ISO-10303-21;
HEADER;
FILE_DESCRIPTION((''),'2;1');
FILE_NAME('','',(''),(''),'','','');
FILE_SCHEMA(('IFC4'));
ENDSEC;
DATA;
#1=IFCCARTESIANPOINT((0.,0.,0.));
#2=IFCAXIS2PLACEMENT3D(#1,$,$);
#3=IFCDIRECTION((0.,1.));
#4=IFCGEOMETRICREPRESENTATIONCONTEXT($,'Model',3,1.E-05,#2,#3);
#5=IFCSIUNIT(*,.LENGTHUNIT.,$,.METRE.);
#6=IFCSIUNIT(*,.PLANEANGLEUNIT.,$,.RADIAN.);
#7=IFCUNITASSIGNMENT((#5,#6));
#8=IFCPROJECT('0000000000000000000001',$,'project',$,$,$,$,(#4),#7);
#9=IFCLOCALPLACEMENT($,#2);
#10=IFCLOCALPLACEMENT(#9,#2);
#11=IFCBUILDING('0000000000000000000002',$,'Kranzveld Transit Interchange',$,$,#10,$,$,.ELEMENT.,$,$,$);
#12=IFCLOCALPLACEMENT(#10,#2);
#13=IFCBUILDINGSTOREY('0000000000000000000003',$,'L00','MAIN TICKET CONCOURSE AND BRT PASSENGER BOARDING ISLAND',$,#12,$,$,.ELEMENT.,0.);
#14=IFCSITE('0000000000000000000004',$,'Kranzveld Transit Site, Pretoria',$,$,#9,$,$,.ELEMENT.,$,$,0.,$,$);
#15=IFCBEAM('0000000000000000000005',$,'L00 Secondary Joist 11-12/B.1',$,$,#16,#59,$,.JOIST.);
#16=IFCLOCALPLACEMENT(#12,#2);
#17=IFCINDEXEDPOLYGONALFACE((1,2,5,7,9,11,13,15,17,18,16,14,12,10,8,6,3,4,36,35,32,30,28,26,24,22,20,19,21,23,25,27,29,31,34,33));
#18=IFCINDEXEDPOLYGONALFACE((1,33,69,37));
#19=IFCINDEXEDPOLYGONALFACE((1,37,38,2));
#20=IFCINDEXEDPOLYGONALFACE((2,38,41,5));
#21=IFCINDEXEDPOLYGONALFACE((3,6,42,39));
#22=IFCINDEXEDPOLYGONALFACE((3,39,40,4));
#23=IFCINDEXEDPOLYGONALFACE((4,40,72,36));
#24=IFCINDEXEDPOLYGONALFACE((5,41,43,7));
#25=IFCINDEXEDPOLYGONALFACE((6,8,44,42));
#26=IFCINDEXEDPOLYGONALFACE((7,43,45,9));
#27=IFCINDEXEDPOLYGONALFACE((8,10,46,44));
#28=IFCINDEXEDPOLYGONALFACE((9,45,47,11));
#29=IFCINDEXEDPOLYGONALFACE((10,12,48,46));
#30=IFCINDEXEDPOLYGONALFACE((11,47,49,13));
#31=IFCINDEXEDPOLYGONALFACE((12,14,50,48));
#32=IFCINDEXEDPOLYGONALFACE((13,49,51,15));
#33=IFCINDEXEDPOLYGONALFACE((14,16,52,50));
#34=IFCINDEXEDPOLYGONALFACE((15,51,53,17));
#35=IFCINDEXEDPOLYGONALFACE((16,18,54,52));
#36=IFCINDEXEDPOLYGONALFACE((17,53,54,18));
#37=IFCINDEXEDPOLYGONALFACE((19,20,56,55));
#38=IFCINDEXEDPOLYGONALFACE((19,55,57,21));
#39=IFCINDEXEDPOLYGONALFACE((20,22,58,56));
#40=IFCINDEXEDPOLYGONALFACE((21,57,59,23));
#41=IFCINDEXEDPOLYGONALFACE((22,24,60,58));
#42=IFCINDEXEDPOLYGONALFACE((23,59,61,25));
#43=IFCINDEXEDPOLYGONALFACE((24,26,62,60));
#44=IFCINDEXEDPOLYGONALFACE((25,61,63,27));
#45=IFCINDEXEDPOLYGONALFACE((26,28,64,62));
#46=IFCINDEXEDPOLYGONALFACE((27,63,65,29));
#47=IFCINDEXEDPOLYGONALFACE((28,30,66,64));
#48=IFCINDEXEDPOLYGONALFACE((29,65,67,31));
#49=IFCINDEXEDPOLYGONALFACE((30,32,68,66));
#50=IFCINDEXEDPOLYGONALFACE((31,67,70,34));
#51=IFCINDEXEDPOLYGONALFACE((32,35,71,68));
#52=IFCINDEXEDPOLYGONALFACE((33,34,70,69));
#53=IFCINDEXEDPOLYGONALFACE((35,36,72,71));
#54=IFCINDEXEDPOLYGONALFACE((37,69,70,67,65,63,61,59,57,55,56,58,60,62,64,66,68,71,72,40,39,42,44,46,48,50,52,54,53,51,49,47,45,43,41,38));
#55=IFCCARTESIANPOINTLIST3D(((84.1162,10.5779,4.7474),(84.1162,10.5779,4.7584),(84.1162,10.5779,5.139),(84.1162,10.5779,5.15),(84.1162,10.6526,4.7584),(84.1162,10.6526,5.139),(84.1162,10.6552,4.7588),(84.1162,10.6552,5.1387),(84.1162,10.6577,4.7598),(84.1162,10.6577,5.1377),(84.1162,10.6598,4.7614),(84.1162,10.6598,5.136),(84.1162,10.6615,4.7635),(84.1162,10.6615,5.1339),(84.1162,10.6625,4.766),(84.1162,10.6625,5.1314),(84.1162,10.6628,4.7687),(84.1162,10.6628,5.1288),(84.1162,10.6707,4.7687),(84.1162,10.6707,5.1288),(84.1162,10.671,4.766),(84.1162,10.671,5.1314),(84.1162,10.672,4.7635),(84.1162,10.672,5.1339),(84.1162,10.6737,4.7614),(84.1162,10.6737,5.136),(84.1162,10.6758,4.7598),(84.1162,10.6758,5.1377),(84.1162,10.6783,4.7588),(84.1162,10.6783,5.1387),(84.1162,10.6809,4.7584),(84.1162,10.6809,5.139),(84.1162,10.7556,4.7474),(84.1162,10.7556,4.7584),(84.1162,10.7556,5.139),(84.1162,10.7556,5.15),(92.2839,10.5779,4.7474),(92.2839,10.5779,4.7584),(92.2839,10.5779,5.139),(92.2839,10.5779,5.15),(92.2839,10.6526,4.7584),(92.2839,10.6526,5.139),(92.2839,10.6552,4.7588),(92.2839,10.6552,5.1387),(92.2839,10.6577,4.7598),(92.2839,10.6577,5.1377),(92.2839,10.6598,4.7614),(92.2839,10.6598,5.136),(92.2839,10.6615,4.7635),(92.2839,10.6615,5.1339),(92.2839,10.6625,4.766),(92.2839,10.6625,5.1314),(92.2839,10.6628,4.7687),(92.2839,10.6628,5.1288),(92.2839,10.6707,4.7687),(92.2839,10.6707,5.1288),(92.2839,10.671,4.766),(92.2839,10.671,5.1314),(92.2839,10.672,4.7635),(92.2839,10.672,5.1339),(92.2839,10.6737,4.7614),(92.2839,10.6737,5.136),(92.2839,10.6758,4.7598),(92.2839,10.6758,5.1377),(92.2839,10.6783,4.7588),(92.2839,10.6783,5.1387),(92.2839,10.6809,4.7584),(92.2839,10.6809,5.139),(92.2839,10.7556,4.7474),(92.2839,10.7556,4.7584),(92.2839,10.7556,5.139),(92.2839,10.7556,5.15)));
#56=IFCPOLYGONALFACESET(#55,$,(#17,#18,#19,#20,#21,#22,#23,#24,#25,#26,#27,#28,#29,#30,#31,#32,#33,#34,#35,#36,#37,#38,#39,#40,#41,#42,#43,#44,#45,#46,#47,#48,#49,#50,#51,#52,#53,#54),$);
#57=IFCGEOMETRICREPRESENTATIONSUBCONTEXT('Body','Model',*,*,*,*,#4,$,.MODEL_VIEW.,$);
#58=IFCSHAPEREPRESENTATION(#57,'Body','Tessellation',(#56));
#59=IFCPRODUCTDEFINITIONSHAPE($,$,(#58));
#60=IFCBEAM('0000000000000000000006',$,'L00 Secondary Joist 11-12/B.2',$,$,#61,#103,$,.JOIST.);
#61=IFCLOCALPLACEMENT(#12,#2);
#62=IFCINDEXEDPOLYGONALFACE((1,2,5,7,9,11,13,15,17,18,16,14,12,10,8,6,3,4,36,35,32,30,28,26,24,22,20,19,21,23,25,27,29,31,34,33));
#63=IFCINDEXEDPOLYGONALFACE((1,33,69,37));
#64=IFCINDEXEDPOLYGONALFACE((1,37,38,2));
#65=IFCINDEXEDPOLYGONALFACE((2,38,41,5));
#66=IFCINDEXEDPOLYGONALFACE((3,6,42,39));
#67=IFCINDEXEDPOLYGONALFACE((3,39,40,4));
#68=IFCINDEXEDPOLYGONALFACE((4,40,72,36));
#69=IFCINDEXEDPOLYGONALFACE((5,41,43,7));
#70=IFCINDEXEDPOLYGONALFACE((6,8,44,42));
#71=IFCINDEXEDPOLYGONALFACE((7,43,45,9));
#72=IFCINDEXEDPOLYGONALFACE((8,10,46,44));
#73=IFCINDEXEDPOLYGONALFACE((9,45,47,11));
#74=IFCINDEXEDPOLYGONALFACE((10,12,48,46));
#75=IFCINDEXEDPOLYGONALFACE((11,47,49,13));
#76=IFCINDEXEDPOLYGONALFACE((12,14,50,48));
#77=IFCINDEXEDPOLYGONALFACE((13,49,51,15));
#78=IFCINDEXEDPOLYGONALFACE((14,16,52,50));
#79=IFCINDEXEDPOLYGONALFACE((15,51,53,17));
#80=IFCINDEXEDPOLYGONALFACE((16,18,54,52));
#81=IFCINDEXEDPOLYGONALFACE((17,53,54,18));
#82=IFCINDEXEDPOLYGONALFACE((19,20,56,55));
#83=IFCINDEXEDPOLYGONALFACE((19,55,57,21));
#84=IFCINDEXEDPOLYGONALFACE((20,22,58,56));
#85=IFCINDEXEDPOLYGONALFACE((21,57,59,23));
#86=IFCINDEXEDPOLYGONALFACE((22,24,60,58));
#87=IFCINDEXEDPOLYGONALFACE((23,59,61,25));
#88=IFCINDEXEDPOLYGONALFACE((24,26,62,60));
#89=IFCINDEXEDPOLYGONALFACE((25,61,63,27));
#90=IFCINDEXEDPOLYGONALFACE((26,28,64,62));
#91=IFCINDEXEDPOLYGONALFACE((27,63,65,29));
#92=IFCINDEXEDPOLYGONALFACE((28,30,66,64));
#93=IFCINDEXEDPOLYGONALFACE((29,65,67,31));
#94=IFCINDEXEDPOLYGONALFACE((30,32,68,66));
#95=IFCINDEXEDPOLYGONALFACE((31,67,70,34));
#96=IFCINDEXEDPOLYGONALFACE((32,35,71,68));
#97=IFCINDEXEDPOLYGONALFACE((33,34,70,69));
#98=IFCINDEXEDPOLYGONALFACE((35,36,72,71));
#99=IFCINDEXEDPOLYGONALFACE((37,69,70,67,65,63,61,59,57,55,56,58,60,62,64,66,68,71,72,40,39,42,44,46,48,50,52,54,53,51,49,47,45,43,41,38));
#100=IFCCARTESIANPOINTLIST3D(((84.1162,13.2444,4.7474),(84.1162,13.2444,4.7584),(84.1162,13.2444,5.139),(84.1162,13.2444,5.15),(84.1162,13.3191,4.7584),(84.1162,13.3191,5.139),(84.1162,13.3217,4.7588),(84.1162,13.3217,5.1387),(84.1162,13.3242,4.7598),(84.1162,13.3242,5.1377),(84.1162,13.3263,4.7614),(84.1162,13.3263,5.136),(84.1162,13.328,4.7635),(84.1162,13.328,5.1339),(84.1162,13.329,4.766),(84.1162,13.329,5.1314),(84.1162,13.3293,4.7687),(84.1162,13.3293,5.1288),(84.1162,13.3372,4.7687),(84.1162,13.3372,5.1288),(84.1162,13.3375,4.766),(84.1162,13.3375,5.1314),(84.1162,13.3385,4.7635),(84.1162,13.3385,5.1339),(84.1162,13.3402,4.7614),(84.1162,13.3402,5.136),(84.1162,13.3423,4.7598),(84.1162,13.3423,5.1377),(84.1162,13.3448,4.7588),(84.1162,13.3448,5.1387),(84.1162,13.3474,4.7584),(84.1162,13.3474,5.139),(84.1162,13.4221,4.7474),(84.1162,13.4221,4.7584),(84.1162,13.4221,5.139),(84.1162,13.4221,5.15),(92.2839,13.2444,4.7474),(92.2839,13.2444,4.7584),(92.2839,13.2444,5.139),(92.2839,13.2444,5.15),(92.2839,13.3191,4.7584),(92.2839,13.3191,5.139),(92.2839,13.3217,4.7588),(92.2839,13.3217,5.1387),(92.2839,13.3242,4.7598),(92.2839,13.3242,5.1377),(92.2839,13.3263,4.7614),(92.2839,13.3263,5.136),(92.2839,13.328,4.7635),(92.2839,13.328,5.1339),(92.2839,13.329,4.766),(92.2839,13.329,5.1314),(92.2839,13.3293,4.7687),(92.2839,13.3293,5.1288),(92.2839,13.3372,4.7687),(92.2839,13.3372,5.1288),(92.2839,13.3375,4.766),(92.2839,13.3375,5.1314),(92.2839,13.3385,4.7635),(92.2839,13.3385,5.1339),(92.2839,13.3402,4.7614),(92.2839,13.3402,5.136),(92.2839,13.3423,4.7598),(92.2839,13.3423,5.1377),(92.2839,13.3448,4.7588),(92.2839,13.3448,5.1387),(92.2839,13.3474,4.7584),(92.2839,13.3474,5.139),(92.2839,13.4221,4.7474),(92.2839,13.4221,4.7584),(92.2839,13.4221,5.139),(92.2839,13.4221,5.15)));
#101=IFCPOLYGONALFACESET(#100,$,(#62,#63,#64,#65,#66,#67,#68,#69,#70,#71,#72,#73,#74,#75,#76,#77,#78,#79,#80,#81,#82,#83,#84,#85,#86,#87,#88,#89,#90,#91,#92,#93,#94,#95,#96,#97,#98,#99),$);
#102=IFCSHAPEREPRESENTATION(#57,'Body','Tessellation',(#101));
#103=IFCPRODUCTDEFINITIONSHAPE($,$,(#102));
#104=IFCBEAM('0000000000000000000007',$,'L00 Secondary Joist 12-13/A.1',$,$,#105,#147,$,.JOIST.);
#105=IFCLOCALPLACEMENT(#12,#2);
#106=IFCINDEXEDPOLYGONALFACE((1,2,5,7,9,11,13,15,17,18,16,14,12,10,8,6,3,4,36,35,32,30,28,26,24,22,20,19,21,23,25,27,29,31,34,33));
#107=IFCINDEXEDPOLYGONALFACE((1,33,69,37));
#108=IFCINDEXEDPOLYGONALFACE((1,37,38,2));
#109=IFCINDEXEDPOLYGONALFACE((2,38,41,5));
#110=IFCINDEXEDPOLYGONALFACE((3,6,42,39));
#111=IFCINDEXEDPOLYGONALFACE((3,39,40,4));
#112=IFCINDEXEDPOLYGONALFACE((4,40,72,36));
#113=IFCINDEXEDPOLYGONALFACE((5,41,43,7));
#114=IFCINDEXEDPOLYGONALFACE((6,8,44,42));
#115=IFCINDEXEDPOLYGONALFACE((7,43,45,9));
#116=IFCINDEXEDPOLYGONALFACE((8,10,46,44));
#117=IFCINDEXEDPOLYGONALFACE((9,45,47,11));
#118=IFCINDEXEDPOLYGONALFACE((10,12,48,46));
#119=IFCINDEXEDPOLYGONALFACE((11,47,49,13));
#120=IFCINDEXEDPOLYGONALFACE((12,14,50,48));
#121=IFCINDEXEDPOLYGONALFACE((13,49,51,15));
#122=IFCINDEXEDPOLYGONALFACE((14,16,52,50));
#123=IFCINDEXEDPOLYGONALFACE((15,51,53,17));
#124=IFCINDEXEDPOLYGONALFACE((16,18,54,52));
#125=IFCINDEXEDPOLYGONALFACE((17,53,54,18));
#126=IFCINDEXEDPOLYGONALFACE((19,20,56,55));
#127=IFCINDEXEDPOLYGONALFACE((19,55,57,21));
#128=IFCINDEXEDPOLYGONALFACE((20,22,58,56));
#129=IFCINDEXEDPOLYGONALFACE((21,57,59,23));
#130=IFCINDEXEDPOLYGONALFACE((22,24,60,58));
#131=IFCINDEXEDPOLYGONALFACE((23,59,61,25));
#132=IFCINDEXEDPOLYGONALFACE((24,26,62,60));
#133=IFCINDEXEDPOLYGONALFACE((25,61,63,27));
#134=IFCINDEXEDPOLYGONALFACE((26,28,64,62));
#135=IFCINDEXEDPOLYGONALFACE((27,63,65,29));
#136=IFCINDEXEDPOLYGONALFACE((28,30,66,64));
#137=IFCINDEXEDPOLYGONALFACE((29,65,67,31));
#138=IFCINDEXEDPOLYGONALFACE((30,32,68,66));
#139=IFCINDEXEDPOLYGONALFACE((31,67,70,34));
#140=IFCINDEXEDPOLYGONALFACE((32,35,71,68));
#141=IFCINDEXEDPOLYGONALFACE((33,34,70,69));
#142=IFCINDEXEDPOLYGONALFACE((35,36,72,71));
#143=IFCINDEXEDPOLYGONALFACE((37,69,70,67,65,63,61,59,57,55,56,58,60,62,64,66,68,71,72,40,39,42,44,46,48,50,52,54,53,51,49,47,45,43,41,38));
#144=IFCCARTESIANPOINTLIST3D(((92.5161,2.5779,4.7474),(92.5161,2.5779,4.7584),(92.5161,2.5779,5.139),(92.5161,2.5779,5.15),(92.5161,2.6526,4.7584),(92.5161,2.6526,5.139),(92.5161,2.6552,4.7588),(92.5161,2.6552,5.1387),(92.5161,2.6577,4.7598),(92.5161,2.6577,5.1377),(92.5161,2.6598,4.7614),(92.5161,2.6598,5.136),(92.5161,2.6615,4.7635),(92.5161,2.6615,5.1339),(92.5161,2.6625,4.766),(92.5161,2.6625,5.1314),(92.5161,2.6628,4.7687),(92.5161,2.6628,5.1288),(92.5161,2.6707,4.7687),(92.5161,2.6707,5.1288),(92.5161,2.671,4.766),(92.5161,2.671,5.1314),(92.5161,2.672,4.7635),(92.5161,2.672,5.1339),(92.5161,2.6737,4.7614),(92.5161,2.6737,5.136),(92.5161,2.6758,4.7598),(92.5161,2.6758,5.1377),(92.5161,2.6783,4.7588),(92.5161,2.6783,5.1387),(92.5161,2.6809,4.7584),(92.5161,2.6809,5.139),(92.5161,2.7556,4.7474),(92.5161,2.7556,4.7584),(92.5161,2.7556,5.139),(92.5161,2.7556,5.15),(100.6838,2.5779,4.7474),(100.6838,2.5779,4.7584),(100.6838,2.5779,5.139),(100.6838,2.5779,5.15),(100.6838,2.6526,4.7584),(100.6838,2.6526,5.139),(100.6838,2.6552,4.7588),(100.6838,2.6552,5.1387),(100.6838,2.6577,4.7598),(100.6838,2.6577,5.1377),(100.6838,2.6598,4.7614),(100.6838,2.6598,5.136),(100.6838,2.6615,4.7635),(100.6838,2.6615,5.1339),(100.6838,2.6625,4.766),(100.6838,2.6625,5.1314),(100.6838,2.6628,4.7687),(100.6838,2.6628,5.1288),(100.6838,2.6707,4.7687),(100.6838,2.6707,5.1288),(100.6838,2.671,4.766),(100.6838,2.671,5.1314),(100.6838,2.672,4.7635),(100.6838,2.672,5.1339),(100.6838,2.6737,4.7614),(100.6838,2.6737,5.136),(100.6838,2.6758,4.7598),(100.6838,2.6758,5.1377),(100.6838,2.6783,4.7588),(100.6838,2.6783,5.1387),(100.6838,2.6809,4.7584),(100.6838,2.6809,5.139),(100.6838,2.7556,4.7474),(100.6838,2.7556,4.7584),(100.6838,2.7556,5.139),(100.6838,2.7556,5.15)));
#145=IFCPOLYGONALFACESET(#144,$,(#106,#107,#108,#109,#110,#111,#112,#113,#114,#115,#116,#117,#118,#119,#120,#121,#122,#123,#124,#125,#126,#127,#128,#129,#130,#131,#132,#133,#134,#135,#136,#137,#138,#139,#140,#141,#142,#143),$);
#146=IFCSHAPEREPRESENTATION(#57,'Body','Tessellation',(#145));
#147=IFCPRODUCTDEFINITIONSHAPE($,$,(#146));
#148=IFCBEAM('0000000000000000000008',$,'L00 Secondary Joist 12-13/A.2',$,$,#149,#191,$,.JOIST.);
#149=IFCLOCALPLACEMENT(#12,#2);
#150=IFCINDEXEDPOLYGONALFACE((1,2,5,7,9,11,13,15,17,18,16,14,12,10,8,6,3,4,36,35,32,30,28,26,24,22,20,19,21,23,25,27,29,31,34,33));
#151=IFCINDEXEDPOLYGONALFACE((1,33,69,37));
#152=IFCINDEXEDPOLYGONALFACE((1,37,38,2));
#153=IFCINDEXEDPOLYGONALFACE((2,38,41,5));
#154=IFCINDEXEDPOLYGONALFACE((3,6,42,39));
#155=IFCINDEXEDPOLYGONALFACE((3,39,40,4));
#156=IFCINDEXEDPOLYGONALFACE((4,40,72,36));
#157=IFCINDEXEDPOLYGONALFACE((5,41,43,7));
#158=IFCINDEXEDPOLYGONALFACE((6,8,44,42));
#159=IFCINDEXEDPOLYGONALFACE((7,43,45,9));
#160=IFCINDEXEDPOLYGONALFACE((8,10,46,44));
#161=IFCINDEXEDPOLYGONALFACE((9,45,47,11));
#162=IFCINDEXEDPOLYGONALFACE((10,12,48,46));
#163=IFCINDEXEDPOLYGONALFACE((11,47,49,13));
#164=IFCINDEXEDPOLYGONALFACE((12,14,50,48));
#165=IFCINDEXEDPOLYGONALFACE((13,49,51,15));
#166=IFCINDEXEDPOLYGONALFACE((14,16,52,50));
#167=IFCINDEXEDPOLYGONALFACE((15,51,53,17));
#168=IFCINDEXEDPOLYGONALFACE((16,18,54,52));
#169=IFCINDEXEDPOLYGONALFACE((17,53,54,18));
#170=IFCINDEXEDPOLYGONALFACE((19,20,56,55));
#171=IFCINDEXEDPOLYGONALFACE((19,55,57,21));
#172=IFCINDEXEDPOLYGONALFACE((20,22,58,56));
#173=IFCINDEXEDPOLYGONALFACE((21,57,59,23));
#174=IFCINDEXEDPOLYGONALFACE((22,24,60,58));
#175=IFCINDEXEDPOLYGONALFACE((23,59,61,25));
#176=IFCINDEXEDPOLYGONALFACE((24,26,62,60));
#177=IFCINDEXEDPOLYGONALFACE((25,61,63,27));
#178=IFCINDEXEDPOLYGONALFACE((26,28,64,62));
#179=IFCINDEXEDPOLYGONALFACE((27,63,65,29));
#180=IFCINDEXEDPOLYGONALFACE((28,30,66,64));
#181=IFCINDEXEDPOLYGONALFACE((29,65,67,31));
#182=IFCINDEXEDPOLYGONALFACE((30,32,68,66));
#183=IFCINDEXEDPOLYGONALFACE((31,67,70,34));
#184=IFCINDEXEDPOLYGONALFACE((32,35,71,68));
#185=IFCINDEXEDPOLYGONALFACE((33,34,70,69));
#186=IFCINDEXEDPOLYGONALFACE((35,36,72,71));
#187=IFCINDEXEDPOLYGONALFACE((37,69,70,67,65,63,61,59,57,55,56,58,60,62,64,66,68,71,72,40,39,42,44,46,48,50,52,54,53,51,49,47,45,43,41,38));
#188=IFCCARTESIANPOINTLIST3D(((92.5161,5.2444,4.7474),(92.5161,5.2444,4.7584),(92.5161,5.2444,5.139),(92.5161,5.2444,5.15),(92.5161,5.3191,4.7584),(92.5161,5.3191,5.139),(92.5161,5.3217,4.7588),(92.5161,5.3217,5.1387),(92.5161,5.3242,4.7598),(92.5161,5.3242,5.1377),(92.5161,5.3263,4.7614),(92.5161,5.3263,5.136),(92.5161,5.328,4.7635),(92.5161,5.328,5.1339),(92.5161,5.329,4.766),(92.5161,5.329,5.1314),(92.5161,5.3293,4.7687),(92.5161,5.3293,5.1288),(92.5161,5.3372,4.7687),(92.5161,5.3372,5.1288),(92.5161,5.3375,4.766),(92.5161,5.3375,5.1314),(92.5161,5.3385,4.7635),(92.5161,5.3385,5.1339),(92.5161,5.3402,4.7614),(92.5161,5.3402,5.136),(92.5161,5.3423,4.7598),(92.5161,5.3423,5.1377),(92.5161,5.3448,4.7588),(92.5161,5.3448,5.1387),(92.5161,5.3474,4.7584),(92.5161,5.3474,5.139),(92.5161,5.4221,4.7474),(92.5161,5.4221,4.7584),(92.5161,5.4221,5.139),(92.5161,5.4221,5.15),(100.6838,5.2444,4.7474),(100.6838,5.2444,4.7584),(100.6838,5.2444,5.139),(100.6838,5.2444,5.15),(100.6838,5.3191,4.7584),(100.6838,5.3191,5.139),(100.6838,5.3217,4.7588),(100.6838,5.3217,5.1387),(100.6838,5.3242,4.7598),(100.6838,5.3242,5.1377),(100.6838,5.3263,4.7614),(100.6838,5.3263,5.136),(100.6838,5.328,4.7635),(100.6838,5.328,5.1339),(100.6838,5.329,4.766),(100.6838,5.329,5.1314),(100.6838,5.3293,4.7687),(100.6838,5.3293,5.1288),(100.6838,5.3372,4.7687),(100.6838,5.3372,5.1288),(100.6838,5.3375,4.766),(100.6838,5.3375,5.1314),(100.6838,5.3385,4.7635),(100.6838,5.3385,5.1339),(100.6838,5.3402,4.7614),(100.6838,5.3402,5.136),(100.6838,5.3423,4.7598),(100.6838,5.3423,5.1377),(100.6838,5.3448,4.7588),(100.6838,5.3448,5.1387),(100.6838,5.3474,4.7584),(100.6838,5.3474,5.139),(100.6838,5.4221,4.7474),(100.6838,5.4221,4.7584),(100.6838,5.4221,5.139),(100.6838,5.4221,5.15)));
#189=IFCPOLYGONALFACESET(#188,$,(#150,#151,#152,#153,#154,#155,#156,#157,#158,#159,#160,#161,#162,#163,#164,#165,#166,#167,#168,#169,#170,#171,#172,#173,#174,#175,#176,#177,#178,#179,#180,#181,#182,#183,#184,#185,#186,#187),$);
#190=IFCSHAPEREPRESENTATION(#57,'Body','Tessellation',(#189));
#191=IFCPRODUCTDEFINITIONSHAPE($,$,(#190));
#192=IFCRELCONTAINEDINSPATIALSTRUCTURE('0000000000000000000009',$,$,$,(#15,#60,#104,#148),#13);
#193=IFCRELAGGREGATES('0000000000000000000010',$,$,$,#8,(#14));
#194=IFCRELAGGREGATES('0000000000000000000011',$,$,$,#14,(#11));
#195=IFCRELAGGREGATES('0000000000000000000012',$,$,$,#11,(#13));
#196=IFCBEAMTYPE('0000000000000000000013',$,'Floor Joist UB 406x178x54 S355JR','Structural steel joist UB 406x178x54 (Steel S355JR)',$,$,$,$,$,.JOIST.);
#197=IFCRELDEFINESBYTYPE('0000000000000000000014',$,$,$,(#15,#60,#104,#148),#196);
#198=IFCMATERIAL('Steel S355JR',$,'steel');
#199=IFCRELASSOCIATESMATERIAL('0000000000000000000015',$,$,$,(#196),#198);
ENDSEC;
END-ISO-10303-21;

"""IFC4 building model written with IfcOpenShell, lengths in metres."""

from ifc_helpers import new_model, si_unit, direction, frame, origin, origin_2d, place, context, subcontext, project, spatial, i_section, extrude, material, material_profile, profile_set, type_object, element, save


model = new_model("IFC4")

# Units and contexts
model_context = context("Model", 3, precision=1e-05, world=origin(), true_north=direction((0.0, 1.0)))
body_context = subcontext(model_context, "Body", "Model", "MODEL_VIEW")
ifc_project = project(units=[si_unit("LENGTHUNIT", "METRE"), si_unit("PLANEANGLEUNIT", "RADIAN")], contexts=[model_context])

# Site, building, storey
site_placement = place(None, origin())
site = spatial("IfcSite", under=ifc_project, at=site_placement, Name="Kranzveld Transit Site, Pretoria", CompositionType="ELEMENT", RefElevation=0.0)
building_placement = place(site_placement, origin())
building = spatial("IfcBuilding", under=site, at=building_placement, Name="Kranzveld Transit Interchange", CompositionType="ELEMENT")
storey_placement = place(building_placement, origin())
storey = spatial("IfcBuildingStorey", under=building, at=storey_placement, Name="L00", Description="MAIN TICKET CONCOURSE AND BRT PASSENGER BOARDING ISLAND", CompositionType="ELEMENT", Elevation=0.0)

# Beams
ifc_material_1 = material(Name="Steel S355JR", Category="steel")
ifc_material_profile_1 = material_profile(ifc_material_1, i_section(OverallWidth=0.1777, OverallDepth=0.4026, WebThickness=0.0078, FlangeThickness=0.011, FilletRadius=0.0103, at=origin_2d()), Name="UB 406x178x54")
ifc_profile_set_1 = profile_set([ifc_material_profile_1], Name="Steel S355JR")
beam_type_1 = type_object("IfcBeamType", Name="Floor Joist UB 406x178x54 S355JR", Description="Structural steel joist UB 406x178x54 (Steel S355JR)", PredefinedType="JOIST", material=ifc_profile_set_1)
for number, where, z_axis, x_axis, name in (
    (1, (84.1162, 10.6667, 4.9487), (1.0, 0.0, 0.0), (0.0, 1.0, 0.0), "L00 Secondary Joist 11-12/B.1"),
    (2, (84.1162, 13.3333, 4.9487), (1.0, 0.0, 0.0), (0.0, 1.0, 0.0), "L00 Secondary Joist 11-12/B.2"),
    (3, (92.5161, 2.6667, 4.9487), (1.0, 0.0, 0.0), (0.0, 1.0, 0.0), "L00 Secondary Joist 12-13/A.1"),
    (4, (92.5161, 5.3333, 4.9487), (1.0, 0.0, 0.0), (0.0, 1.0, 0.0), "L00 Secondary Joist 12-13/A.2"),
):
    element("IfcBeam", number, at=place(storey_placement, frame(where, z_axis=z_axis, x_axis=x_axis)), inside=storey, type_object=beam_type_1, Name=name, PredefinedType="JOIST", context=body_context, shape_type="SweptSolid", body=[
        extrude(i_section(OverallWidth=0.1777, OverallDepth=0.4026, WebThickness=0.0078, FlangeThickness=0.011, FilletRadius=0.0103, at=origin_2d()), origin(), (0.0, 0.0, 1.0), 8.1677),
    ])

save(model, "model.ifc")
